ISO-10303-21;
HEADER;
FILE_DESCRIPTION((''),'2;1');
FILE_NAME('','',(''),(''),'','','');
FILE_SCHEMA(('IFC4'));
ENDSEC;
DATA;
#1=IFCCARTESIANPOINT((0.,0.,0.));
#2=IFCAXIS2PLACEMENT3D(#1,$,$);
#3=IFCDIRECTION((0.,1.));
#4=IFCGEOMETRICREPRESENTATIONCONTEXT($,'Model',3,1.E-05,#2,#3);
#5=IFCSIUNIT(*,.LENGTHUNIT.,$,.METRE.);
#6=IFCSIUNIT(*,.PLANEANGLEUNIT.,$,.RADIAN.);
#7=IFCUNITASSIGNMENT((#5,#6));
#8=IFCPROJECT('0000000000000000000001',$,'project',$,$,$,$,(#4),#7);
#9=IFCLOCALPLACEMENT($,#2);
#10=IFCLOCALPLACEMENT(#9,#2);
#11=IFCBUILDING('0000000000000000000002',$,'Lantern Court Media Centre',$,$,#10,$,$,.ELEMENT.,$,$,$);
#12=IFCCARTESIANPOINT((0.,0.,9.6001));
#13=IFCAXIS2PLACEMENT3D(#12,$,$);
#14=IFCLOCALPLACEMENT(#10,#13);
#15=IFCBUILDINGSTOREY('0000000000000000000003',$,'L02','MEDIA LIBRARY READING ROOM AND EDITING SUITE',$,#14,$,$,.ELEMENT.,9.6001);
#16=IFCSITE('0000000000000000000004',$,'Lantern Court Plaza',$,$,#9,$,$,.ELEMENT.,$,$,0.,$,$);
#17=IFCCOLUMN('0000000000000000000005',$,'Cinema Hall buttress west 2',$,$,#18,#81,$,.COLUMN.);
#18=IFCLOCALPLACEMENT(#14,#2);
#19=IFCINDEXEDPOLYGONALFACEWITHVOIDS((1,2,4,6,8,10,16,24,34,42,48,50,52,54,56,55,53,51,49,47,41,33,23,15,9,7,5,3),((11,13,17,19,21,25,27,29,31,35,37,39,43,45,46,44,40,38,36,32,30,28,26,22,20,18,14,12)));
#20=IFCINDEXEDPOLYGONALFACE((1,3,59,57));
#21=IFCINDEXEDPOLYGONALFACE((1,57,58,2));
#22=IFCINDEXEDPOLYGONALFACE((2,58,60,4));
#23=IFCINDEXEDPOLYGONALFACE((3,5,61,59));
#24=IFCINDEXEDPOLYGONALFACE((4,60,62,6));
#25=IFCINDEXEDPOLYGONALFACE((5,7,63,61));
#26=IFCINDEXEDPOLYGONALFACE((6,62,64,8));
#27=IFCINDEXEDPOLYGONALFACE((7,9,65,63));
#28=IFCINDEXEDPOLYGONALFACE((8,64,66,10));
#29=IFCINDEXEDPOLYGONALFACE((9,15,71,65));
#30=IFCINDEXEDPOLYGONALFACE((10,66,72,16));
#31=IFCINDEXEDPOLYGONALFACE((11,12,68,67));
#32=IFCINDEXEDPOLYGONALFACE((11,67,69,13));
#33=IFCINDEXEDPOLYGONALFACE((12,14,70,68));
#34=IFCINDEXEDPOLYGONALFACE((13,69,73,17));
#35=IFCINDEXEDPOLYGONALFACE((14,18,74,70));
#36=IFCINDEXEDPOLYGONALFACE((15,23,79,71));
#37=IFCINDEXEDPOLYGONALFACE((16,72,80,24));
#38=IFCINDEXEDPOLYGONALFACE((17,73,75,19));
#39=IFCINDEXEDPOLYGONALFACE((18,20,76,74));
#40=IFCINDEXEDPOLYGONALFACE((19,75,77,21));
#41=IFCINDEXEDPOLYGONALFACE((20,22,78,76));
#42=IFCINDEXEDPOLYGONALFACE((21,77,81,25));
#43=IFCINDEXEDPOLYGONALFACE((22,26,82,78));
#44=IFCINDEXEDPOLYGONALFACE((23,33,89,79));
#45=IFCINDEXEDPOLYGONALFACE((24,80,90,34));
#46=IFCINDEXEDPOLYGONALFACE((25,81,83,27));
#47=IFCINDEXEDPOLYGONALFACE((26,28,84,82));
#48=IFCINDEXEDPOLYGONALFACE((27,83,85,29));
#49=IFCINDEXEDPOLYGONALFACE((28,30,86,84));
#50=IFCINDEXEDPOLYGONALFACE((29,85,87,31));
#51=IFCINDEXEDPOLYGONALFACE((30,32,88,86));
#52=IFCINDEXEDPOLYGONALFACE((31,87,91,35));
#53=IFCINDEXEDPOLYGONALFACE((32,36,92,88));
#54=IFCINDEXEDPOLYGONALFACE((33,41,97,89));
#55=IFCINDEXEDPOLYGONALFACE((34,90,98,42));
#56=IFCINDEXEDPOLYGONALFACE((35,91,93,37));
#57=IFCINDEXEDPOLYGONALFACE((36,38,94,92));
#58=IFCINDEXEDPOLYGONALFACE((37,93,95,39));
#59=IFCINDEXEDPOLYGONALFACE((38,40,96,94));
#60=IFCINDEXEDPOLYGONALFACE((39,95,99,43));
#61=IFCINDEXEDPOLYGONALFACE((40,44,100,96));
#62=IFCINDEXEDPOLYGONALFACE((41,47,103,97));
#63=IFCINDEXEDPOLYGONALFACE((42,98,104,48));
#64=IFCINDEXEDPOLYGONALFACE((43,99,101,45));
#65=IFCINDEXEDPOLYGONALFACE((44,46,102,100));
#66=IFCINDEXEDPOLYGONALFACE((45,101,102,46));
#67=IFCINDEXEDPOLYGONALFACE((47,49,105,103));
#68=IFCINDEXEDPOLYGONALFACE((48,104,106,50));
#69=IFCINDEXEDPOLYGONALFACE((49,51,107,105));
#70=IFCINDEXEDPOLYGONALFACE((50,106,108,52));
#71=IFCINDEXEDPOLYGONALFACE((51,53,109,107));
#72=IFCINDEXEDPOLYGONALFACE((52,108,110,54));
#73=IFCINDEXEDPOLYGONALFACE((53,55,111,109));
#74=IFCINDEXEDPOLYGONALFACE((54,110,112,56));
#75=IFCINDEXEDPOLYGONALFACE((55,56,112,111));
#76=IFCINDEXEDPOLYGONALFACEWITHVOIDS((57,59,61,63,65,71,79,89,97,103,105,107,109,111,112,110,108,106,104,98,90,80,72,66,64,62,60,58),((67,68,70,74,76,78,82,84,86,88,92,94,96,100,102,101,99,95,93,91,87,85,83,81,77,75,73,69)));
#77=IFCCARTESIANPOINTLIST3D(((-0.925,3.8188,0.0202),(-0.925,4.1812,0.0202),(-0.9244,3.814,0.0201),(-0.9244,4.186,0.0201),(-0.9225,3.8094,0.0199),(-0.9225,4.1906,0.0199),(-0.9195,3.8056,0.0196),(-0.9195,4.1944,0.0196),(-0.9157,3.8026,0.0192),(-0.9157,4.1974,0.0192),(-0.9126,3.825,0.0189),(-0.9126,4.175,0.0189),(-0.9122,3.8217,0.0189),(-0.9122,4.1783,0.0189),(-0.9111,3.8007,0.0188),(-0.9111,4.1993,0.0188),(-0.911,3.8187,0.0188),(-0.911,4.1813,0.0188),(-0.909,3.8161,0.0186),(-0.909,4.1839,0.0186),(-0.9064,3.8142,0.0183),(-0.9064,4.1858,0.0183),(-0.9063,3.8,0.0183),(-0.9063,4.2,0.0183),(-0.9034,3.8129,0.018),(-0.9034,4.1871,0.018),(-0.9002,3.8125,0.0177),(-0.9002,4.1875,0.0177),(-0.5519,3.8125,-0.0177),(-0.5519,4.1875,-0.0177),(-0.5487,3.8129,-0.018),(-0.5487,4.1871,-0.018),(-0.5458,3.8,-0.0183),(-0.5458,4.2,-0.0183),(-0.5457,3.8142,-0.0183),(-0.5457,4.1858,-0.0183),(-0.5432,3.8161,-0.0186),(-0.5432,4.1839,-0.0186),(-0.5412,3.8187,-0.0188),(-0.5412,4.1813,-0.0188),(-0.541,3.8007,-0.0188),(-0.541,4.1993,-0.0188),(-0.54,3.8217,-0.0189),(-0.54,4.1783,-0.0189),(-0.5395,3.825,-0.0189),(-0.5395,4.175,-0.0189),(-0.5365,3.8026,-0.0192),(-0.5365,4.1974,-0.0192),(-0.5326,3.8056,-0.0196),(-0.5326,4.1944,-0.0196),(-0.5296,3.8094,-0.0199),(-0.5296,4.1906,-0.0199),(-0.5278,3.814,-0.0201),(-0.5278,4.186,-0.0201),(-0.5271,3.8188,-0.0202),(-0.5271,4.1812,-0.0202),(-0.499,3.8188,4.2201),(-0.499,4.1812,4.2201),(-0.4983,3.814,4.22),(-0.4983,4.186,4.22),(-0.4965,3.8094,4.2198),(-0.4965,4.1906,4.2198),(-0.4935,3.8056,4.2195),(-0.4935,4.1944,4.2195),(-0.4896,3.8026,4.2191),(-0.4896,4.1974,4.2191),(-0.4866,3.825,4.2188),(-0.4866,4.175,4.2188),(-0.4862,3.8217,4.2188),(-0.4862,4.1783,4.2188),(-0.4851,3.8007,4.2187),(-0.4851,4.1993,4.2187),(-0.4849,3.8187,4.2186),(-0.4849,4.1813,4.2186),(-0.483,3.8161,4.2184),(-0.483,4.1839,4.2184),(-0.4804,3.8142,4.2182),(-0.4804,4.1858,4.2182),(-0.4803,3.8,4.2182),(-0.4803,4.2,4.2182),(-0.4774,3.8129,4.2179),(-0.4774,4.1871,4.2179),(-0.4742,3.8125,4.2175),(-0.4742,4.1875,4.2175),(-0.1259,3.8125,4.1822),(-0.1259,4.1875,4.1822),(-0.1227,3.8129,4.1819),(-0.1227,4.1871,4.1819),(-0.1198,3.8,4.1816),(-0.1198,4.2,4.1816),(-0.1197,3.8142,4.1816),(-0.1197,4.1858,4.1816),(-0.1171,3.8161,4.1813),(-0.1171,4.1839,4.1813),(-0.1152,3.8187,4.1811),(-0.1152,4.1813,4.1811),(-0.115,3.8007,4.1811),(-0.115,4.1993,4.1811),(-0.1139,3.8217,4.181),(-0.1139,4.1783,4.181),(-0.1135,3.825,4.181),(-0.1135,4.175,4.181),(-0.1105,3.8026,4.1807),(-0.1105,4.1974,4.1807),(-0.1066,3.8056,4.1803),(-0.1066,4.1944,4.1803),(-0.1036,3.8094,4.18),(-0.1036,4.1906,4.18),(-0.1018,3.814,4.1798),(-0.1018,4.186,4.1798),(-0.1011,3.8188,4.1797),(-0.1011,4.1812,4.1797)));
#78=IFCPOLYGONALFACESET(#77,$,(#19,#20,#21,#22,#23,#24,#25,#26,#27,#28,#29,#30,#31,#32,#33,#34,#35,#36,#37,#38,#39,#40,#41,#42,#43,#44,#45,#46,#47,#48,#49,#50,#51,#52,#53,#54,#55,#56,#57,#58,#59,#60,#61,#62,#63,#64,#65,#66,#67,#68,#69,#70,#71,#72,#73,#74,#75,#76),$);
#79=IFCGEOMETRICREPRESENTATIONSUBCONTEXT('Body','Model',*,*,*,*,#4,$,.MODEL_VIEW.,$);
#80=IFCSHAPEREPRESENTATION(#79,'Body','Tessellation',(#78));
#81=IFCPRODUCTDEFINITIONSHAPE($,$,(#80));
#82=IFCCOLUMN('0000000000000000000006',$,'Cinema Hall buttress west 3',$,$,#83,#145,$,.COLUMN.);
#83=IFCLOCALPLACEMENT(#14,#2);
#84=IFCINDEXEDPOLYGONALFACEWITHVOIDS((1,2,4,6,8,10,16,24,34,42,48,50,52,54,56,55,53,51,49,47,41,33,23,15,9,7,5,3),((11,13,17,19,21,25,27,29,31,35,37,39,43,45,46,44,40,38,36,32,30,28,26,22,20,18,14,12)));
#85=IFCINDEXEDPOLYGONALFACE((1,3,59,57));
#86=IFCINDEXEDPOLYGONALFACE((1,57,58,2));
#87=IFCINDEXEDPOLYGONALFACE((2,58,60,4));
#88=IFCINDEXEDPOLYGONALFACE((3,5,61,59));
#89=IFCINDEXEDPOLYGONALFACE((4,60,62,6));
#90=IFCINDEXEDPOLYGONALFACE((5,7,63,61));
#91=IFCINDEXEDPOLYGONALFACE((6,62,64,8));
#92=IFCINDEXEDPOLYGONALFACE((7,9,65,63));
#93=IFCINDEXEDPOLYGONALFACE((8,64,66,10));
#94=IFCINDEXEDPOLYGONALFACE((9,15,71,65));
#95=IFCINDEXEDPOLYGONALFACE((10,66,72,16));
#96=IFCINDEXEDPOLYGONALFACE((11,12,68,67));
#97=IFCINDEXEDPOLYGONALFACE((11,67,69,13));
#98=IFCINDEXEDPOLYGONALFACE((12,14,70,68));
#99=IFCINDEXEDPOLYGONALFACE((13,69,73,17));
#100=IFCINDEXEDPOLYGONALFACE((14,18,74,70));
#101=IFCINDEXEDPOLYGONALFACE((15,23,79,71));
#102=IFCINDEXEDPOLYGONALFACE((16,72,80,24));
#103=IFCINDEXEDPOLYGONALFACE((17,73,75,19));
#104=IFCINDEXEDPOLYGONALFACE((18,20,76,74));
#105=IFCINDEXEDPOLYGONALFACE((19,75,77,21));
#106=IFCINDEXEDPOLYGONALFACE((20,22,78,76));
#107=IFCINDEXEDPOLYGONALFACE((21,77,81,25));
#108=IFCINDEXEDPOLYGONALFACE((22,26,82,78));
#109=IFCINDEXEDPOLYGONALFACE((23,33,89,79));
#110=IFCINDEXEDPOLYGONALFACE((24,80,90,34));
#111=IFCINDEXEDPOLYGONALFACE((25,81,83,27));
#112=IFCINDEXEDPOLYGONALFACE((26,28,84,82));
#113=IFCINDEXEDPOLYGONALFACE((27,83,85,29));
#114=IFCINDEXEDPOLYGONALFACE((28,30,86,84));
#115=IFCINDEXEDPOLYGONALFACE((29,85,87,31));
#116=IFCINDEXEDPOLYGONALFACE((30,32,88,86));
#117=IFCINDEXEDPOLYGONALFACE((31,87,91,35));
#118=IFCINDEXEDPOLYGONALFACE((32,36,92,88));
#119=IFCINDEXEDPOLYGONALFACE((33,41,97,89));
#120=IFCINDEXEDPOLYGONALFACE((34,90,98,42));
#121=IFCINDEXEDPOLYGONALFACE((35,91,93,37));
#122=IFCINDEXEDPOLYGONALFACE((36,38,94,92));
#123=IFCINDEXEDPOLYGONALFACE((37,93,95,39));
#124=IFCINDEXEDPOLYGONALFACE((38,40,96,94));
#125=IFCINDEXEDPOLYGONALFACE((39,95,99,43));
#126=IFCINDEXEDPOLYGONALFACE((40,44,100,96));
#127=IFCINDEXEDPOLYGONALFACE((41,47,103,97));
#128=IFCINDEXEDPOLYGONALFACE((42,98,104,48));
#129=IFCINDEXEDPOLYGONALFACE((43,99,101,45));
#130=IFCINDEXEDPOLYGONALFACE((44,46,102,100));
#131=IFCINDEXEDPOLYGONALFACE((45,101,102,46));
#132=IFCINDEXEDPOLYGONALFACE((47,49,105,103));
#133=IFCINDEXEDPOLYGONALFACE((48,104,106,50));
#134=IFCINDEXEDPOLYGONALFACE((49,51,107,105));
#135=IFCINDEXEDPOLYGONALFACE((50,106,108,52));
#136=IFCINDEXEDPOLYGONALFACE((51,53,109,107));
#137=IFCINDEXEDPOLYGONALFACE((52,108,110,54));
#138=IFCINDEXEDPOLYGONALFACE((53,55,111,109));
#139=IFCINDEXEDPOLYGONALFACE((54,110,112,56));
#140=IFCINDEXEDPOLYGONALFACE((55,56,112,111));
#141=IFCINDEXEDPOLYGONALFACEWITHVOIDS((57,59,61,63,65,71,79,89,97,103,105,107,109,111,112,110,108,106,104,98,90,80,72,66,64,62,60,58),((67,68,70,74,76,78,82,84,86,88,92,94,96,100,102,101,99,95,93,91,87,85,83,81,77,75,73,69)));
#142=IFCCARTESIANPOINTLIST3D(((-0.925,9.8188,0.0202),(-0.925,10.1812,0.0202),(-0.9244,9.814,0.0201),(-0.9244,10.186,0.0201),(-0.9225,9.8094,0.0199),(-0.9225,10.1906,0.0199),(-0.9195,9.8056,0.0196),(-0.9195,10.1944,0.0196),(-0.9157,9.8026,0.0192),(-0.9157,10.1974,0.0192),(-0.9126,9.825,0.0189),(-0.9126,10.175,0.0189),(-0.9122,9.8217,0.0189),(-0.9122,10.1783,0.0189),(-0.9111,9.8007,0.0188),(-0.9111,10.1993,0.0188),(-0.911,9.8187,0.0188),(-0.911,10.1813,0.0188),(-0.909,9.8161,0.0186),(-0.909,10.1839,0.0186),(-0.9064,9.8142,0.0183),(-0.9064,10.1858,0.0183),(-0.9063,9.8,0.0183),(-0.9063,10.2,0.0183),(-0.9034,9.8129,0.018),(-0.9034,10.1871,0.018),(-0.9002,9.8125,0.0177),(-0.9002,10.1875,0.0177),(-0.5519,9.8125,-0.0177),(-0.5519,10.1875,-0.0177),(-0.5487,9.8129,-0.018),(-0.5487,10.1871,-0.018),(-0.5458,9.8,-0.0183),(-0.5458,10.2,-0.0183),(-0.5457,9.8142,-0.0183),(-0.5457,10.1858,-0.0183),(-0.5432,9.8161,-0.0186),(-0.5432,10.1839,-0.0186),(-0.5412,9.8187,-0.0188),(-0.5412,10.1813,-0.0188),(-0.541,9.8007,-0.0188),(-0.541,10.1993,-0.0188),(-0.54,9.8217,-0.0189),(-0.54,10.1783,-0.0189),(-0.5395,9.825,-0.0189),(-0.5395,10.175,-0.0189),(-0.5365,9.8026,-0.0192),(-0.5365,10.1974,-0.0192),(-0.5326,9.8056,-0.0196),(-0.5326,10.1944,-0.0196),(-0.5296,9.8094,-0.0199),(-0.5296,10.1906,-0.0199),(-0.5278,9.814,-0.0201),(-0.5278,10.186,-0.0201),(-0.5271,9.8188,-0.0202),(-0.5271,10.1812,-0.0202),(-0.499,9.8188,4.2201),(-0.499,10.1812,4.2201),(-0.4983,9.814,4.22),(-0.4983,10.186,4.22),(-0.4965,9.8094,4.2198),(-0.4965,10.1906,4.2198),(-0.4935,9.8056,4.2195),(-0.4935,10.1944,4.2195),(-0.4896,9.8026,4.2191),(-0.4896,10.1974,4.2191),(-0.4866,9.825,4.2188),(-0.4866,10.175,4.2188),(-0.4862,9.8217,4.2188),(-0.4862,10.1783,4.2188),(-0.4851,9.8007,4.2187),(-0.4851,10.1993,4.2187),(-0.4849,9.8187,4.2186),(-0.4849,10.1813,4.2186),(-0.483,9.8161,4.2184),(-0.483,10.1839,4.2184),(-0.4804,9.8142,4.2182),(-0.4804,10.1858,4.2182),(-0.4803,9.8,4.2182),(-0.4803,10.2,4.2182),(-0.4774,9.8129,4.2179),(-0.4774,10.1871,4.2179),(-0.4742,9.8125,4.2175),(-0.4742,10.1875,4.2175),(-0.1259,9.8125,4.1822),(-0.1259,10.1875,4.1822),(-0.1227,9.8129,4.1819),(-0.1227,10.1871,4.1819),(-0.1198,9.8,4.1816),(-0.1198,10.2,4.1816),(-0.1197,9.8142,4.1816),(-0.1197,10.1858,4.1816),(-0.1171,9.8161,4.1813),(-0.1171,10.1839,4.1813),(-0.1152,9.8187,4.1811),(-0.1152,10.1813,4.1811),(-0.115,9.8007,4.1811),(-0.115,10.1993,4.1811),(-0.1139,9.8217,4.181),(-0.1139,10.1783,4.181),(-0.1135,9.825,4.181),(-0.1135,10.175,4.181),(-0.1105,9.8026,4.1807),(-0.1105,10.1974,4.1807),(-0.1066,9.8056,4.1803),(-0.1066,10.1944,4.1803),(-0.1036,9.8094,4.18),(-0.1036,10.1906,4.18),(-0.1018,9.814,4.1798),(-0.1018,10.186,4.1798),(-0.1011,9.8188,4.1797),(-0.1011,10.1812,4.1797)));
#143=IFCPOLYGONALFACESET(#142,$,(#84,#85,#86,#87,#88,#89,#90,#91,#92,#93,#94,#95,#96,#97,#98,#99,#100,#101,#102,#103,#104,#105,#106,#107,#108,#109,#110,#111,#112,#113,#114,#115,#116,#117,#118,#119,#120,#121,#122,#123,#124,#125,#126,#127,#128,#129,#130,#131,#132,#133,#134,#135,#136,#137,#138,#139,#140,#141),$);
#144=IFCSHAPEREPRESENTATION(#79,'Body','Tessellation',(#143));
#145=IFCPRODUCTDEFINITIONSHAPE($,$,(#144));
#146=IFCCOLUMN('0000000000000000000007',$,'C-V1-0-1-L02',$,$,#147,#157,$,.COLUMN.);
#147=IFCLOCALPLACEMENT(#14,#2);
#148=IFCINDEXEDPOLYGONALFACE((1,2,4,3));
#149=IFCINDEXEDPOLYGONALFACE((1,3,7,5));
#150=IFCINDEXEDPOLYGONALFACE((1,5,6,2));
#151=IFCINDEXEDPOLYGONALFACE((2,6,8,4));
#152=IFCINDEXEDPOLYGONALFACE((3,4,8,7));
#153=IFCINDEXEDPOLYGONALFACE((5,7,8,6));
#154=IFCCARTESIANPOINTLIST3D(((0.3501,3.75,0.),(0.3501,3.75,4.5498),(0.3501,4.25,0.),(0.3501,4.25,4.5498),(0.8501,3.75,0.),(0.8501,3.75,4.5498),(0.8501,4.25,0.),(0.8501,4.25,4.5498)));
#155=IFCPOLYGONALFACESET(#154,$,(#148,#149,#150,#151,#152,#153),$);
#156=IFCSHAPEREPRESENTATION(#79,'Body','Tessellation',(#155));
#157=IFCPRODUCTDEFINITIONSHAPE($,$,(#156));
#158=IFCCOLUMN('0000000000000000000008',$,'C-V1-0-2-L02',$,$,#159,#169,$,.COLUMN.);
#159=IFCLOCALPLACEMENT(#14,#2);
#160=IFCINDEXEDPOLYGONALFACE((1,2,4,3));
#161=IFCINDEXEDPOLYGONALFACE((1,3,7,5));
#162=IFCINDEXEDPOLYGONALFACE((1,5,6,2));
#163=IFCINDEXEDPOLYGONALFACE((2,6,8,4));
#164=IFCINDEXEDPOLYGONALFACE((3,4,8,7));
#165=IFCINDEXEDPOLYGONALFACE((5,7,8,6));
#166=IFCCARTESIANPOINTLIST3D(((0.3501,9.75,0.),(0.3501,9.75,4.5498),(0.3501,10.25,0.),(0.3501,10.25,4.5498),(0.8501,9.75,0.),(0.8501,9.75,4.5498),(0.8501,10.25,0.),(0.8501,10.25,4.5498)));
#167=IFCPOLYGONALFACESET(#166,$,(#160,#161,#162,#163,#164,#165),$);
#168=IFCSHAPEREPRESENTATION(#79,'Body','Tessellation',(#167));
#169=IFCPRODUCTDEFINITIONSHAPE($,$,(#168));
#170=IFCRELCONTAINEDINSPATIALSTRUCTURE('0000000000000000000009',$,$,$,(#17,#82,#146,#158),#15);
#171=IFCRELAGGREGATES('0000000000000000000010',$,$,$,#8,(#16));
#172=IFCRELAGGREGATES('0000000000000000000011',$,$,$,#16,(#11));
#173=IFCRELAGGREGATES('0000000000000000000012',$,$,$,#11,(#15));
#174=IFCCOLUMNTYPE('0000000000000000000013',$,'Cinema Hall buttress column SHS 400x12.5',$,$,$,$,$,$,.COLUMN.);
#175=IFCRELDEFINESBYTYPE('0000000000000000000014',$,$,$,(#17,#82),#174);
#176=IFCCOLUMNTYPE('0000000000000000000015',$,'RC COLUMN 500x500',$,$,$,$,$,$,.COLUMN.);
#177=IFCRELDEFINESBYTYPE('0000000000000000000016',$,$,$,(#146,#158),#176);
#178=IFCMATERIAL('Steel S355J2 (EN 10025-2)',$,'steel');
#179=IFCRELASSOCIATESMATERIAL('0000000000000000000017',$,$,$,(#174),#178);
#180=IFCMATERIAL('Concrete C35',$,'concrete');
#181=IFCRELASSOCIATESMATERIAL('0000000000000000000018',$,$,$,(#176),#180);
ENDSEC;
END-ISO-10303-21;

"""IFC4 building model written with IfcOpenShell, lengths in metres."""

from ifc_helpers import new_model, si_unit, direction, frame, origin, origin_2d, place, context, subcontext, project, spatial, rectangle, hollow_rectangle, extrude, material, material_profile, profile_set, type_object, element, save


model = new_model("IFC4")

# Units and contexts
model_context = context("Model", 3, precision=1e-05, world=origin(), true_north=direction((0.0, 1.0)))
body_context = subcontext(model_context, "Body", "Model", "MODEL_VIEW")
ifc_project = project(units=[si_unit("LENGTHUNIT", "METRE"), si_unit("PLANEANGLEUNIT", "RADIAN")], contexts=[model_context])

# Site, building, storey
site_placement = place(None, origin())
site = spatial("IfcSite", under=ifc_project, at=site_placement, Name="Lantern Court Plaza", CompositionType="ELEMENT", RefElevation=0.0)
building_placement = place(site_placement, origin())
building = spatial("IfcBuilding", under=site, at=building_placement, Name="Lantern Court Media Centre", CompositionType="ELEMENT")
storey_placement = place(building_placement, frame((0.0, 0.0, 9.6001)))
storey = spatial("IfcBuildingStorey", under=building, at=storey_placement, Name="L02", Description="MEDIA LIBRARY READING ROOM AND EDITING SUITE", CompositionType="ELEMENT", Elevation=9.6001)

# Columns
ifc_material_1 = material(Name="Steel S355J2 (EN 10025-2)", Category="steel")
ifc_material_profile_1 = material_profile(ifc_material_1, hollow_rectangle(XDim=0.3999, YDim=0.3999, WallThickness=0.0125, InnerFilletRadius=0.0125, OuterFilletRadius=0.0188, at=origin_2d()), Name="Cinema Hall buttress column SHS 400x12.5")
ifc_profile_set_1 = profile_set([ifc_material_profile_1], Name="Steel S355J2 (EN 10025-2)")
column_type_1 = type_object("IfcColumnType", Name="Cinema Hall buttress column SHS 400x12.5", PredefinedType="COLUMN", material=ifc_profile_set_1)
for number, where, z_axis, x_axis, name in (
    (1, (-0.7261, 4.0, 0.0), (0.100918, 0.0, 0.994895), (0.0, 1.0, 0.0), "Cinema Hall buttress west 2"),
    (2, (-0.7261, 10.0, 0.0), (0.100918, 0.0, 0.994895), (0.0, 1.0, 0.0), "Cinema Hall buttress west 3"),
):
    element("IfcColumn", number, at=place(storey_placement, frame(where, z_axis=z_axis, x_axis=x_axis)), inside=storey, type_object=column_type_1, Name=name, PredefinedType="COLUMN", context=body_context, shape_type="SweptSolid", body=[
        extrude(hollow_rectangle(XDim=0.3999, YDim=0.3999, WallThickness=0.0125, InnerFilletRadius=0.0125, OuterFilletRadius=0.0188, at=origin_2d()), origin(), (0.0, 0.0, 1.0), 4.2214),
    ])
ifc_material_2 = material(Name="Concrete C35", Category="concrete")
ifc_material_profile_2 = material_profile(ifc_material_2, rectangle(XDim=0.5, YDim=0.5, at=origin_2d()), Name="RC 500x500")
ifc_profile_set_2 = profile_set([ifc_material_profile_2], Name="Concrete C35")
column_type_2 = type_object("IfcColumnType", Name="RC COLUMN 500x500", PredefinedType="COLUMN", material=ifc_profile_set_2)
for number, where, z_axis, x_axis, name in (
    (3, (0.6001, 4.0, 0.0), (0.0, 0.0, 1.0), (1.0, 0.0, 0.0), "C-V1-0-1-L02"),
    (4, (0.6001, 10.0, 0.0), (0.0, 0.0, 1.0), (1.0, 0.0, 0.0), "C-V1-0-2-L02"),
):
    element("IfcColumn", number, at=place(storey_placement, frame(where, z_axis=z_axis, x_axis=x_axis)), inside=storey, type_object=column_type_2, Name=name, PredefinedType="COLUMN", context=body_context, shape_type="SweptSolid", body=[
        extrude(rectangle(XDim=0.5, YDim=0.5, at=origin_2d()), origin(), (0.0, 0.0, 1.0), 4.5498),
    ])

save(model, "model.ifc")
